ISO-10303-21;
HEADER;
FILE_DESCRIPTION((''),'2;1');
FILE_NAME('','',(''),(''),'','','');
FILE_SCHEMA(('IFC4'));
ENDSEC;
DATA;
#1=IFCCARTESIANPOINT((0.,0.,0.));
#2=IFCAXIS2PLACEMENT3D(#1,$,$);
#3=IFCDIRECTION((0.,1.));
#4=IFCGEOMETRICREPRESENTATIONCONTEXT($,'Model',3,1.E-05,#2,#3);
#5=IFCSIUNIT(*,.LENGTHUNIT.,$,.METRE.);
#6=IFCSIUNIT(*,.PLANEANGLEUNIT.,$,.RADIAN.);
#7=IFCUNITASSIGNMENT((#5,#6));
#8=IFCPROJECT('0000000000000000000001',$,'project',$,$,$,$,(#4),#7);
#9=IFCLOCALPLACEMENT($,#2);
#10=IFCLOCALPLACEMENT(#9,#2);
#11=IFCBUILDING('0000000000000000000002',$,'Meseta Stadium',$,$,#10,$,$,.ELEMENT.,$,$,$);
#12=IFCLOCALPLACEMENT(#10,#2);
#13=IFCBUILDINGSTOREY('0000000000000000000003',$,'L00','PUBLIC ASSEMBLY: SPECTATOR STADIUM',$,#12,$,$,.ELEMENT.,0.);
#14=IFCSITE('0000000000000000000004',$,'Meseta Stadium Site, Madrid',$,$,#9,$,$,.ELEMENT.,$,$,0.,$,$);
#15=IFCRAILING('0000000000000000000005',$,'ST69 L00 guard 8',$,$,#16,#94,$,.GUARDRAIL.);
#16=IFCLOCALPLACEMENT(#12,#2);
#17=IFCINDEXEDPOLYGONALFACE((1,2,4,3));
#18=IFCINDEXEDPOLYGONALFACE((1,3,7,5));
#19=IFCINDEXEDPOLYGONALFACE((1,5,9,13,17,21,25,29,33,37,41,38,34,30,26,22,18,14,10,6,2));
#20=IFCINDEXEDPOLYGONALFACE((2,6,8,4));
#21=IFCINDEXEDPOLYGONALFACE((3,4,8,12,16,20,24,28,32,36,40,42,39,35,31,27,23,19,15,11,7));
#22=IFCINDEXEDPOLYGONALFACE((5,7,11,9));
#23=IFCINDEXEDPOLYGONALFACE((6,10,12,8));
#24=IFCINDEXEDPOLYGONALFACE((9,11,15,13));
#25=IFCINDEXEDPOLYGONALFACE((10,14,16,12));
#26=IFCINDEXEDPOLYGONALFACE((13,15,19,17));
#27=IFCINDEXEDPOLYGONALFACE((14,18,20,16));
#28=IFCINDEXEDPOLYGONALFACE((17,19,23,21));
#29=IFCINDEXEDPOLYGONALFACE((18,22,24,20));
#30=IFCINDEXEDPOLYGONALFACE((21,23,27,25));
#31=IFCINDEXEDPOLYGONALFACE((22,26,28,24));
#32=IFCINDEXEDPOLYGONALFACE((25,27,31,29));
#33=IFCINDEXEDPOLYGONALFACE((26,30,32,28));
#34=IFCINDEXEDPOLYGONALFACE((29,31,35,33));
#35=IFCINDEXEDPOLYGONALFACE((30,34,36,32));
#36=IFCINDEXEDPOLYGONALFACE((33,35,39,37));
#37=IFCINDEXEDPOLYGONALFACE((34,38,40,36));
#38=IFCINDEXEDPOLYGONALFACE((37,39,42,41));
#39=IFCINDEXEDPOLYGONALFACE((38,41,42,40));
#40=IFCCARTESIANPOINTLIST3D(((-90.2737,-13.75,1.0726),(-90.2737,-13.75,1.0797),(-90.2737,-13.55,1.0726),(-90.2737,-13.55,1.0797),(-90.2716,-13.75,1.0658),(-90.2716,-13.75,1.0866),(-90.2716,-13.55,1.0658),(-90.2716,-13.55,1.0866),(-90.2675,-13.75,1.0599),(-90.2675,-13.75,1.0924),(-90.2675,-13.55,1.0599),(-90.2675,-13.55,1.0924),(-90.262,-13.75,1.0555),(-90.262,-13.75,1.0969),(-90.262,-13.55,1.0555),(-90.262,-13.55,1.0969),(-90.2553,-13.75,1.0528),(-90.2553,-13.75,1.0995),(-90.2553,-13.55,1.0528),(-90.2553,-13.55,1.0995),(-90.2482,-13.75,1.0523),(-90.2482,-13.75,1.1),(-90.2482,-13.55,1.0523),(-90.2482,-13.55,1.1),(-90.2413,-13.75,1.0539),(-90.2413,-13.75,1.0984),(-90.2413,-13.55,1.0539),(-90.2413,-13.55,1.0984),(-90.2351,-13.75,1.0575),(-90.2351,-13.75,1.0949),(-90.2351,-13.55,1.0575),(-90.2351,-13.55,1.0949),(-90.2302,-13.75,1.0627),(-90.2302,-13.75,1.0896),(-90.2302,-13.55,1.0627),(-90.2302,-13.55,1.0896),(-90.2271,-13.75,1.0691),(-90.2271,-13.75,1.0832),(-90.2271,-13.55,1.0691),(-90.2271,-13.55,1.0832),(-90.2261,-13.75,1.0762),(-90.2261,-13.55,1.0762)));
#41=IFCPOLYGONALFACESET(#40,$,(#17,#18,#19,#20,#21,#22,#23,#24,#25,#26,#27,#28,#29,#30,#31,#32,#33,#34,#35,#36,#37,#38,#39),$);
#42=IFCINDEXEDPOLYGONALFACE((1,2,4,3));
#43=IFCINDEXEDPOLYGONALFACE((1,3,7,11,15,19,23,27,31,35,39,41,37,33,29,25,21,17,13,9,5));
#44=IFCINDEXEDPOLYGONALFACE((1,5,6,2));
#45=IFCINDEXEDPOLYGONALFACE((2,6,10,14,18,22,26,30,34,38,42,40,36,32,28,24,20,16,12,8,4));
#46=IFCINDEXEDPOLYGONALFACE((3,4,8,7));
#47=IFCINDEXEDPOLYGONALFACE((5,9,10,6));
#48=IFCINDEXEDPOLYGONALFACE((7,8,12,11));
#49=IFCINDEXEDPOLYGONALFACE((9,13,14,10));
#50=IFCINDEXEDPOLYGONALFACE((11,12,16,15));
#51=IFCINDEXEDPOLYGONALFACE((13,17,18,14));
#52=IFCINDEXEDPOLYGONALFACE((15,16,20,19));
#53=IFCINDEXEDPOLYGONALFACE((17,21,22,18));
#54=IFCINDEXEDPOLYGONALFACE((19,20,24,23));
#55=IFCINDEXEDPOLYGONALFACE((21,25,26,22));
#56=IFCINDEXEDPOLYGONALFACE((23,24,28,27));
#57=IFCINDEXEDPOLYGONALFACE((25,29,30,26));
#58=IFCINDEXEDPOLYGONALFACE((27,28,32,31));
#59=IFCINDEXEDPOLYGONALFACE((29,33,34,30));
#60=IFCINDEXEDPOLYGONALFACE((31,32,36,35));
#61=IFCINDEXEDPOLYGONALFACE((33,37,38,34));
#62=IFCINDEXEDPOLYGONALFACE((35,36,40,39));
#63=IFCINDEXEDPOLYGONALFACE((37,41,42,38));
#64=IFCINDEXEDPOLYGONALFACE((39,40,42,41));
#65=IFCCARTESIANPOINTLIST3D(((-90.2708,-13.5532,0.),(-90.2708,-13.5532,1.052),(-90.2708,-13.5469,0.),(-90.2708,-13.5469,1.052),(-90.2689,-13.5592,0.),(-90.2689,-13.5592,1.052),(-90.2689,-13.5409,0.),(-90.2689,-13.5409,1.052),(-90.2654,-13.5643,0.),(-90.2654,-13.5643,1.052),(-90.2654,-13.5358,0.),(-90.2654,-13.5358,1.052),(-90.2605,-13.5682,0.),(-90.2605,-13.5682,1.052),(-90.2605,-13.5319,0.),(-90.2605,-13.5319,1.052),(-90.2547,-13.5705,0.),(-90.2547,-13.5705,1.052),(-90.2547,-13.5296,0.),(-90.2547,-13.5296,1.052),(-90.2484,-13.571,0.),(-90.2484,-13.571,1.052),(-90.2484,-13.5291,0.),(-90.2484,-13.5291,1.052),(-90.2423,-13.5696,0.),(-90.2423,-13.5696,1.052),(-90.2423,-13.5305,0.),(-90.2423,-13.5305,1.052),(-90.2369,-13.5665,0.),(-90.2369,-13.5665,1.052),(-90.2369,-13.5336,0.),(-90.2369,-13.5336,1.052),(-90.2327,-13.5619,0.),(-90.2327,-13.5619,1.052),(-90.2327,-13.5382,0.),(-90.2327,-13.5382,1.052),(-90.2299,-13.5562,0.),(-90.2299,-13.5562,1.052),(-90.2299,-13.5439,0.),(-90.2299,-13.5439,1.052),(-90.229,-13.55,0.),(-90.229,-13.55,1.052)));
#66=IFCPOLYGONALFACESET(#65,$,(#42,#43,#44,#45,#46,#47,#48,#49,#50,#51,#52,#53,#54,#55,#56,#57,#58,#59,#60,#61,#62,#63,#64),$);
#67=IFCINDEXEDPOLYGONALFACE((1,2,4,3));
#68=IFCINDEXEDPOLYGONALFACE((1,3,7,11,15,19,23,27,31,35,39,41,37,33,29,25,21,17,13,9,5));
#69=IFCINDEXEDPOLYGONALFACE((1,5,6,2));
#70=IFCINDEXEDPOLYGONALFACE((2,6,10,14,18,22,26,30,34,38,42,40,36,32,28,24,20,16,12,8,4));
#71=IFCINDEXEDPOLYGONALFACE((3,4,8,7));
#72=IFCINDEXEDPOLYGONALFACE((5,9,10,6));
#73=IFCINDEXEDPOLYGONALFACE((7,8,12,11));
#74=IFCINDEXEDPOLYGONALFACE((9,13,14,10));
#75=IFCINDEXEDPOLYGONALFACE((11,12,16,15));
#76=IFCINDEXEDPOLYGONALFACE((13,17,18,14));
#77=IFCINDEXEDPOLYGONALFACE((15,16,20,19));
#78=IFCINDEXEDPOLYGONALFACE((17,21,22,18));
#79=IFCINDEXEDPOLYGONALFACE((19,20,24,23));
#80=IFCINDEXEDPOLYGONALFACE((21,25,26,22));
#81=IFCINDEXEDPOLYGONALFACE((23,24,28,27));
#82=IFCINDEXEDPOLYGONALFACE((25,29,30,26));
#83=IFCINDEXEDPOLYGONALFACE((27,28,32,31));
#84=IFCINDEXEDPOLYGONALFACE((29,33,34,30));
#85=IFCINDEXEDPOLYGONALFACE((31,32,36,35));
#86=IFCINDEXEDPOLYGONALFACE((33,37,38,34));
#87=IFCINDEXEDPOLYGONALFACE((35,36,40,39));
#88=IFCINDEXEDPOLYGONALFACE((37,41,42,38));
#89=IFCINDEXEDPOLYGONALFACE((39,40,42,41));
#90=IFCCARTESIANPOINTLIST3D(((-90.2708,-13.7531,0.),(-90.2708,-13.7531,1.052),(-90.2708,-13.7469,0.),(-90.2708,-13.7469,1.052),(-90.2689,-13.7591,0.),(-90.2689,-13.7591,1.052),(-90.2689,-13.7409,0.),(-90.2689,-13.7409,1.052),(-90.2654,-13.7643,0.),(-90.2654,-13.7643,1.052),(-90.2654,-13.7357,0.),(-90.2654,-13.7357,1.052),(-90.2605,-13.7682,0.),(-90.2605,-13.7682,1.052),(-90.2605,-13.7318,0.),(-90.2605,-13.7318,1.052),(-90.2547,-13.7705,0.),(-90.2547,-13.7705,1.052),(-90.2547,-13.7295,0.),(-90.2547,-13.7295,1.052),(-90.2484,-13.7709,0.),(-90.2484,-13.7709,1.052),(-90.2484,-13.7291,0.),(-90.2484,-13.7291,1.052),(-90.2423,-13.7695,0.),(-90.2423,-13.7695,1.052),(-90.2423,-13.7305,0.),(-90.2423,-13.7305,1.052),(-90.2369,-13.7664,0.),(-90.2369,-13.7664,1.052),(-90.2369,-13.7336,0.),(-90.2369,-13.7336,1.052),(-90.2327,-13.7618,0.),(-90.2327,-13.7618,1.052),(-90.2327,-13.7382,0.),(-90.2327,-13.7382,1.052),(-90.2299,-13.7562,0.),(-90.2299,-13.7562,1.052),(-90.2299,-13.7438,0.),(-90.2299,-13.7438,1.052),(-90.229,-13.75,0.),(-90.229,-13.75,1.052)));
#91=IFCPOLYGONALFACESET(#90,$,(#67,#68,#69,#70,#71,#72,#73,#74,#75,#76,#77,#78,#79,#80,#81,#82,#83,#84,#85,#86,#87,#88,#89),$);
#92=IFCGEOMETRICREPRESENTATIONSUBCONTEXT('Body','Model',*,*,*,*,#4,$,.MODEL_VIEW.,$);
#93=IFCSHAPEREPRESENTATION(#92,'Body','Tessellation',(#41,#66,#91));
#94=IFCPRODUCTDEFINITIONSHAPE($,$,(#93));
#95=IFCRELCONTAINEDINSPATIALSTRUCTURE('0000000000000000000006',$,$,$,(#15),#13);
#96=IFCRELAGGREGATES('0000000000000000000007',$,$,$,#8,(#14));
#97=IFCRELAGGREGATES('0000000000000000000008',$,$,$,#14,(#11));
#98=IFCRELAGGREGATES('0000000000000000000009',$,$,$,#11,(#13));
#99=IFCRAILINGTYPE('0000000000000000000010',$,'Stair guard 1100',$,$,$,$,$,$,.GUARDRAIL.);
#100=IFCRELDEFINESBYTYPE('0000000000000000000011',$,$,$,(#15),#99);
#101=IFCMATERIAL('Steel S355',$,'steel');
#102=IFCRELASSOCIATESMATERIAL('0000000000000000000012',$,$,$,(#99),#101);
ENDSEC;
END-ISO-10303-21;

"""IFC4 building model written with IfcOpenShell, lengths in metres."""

from ifc_helpers import new_model, si_unit, direction, frame, origin, origin_2d, place, context, subcontext, project, spatial, circle, extrude, material, type_object, element, save


model = new_model("IFC4")

# Units and contexts
model_context = context("Model", 3, precision=1e-05, world=origin(), true_north=direction((0.0, 1.0)))
body_context = subcontext(model_context, "Body", "Model", "MODEL_VIEW")
ifc_project = project(units=[si_unit("LENGTHUNIT", "METRE"), si_unit("PLANEANGLEUNIT", "RADIAN")], contexts=[model_context])

# Site, building, storey
site_placement = place(None, origin())
site = spatial("IfcSite", under=ifc_project, at=site_placement, Name="Meseta Stadium Site, Madrid", CompositionType="ELEMENT", RefElevation=0.0)
building_placement = place(site_placement, origin())
building = spatial("IfcBuilding", under=site, at=building_placement, Name="Meseta Stadium", CompositionType="ELEMENT")
storey_placement = place(building_placement, origin())
storey = spatial("IfcBuildingStorey", under=building, at=storey_placement, Name="L00", Description="PUBLIC ASSEMBLY: SPECTATOR STADIUM", CompositionType="ELEMENT", Elevation=0.0)

# Railing
ifc_material_1 = material(Name="Steel S355", Category="steel")
railing_type_1 = type_object("IfcRailingType", Name="Stair guard 1100", PredefinedType="GUARDRAIL", material=ifc_material_1)
railing_1_placement = place(storey_placement, frame((-90.25, -13.55, 0.0)))
element("IfcRailing", 1, at=railing_1_placement, inside=storey, type_object=railing_type_1, Name="ST69 L00 guard 8", PredefinedType="GUARDRAIL", context=body_context, shape_type="SweptSolid", body=[
    extrude(circle(Radius=0.0239, at=origin_2d()), frame((0.0, 0.0, 1.0762), z_axis=(0.0, -1.0, 0.0), x_axis=(1.0, 0.0, 0.0)), (0.0, 0.0, 1.0), 0.2),
    extrude(circle(Radius=0.021, at=origin_2d()), origin(), (0.0, 0.0, 1.0), 1.052),
    extrude(circle(Radius=0.021, at=origin_2d()), frame((0.0, -0.2, 0.0)), (0.0, 0.0, 1.0), 1.052),
])

save(model, "model.ifc")
